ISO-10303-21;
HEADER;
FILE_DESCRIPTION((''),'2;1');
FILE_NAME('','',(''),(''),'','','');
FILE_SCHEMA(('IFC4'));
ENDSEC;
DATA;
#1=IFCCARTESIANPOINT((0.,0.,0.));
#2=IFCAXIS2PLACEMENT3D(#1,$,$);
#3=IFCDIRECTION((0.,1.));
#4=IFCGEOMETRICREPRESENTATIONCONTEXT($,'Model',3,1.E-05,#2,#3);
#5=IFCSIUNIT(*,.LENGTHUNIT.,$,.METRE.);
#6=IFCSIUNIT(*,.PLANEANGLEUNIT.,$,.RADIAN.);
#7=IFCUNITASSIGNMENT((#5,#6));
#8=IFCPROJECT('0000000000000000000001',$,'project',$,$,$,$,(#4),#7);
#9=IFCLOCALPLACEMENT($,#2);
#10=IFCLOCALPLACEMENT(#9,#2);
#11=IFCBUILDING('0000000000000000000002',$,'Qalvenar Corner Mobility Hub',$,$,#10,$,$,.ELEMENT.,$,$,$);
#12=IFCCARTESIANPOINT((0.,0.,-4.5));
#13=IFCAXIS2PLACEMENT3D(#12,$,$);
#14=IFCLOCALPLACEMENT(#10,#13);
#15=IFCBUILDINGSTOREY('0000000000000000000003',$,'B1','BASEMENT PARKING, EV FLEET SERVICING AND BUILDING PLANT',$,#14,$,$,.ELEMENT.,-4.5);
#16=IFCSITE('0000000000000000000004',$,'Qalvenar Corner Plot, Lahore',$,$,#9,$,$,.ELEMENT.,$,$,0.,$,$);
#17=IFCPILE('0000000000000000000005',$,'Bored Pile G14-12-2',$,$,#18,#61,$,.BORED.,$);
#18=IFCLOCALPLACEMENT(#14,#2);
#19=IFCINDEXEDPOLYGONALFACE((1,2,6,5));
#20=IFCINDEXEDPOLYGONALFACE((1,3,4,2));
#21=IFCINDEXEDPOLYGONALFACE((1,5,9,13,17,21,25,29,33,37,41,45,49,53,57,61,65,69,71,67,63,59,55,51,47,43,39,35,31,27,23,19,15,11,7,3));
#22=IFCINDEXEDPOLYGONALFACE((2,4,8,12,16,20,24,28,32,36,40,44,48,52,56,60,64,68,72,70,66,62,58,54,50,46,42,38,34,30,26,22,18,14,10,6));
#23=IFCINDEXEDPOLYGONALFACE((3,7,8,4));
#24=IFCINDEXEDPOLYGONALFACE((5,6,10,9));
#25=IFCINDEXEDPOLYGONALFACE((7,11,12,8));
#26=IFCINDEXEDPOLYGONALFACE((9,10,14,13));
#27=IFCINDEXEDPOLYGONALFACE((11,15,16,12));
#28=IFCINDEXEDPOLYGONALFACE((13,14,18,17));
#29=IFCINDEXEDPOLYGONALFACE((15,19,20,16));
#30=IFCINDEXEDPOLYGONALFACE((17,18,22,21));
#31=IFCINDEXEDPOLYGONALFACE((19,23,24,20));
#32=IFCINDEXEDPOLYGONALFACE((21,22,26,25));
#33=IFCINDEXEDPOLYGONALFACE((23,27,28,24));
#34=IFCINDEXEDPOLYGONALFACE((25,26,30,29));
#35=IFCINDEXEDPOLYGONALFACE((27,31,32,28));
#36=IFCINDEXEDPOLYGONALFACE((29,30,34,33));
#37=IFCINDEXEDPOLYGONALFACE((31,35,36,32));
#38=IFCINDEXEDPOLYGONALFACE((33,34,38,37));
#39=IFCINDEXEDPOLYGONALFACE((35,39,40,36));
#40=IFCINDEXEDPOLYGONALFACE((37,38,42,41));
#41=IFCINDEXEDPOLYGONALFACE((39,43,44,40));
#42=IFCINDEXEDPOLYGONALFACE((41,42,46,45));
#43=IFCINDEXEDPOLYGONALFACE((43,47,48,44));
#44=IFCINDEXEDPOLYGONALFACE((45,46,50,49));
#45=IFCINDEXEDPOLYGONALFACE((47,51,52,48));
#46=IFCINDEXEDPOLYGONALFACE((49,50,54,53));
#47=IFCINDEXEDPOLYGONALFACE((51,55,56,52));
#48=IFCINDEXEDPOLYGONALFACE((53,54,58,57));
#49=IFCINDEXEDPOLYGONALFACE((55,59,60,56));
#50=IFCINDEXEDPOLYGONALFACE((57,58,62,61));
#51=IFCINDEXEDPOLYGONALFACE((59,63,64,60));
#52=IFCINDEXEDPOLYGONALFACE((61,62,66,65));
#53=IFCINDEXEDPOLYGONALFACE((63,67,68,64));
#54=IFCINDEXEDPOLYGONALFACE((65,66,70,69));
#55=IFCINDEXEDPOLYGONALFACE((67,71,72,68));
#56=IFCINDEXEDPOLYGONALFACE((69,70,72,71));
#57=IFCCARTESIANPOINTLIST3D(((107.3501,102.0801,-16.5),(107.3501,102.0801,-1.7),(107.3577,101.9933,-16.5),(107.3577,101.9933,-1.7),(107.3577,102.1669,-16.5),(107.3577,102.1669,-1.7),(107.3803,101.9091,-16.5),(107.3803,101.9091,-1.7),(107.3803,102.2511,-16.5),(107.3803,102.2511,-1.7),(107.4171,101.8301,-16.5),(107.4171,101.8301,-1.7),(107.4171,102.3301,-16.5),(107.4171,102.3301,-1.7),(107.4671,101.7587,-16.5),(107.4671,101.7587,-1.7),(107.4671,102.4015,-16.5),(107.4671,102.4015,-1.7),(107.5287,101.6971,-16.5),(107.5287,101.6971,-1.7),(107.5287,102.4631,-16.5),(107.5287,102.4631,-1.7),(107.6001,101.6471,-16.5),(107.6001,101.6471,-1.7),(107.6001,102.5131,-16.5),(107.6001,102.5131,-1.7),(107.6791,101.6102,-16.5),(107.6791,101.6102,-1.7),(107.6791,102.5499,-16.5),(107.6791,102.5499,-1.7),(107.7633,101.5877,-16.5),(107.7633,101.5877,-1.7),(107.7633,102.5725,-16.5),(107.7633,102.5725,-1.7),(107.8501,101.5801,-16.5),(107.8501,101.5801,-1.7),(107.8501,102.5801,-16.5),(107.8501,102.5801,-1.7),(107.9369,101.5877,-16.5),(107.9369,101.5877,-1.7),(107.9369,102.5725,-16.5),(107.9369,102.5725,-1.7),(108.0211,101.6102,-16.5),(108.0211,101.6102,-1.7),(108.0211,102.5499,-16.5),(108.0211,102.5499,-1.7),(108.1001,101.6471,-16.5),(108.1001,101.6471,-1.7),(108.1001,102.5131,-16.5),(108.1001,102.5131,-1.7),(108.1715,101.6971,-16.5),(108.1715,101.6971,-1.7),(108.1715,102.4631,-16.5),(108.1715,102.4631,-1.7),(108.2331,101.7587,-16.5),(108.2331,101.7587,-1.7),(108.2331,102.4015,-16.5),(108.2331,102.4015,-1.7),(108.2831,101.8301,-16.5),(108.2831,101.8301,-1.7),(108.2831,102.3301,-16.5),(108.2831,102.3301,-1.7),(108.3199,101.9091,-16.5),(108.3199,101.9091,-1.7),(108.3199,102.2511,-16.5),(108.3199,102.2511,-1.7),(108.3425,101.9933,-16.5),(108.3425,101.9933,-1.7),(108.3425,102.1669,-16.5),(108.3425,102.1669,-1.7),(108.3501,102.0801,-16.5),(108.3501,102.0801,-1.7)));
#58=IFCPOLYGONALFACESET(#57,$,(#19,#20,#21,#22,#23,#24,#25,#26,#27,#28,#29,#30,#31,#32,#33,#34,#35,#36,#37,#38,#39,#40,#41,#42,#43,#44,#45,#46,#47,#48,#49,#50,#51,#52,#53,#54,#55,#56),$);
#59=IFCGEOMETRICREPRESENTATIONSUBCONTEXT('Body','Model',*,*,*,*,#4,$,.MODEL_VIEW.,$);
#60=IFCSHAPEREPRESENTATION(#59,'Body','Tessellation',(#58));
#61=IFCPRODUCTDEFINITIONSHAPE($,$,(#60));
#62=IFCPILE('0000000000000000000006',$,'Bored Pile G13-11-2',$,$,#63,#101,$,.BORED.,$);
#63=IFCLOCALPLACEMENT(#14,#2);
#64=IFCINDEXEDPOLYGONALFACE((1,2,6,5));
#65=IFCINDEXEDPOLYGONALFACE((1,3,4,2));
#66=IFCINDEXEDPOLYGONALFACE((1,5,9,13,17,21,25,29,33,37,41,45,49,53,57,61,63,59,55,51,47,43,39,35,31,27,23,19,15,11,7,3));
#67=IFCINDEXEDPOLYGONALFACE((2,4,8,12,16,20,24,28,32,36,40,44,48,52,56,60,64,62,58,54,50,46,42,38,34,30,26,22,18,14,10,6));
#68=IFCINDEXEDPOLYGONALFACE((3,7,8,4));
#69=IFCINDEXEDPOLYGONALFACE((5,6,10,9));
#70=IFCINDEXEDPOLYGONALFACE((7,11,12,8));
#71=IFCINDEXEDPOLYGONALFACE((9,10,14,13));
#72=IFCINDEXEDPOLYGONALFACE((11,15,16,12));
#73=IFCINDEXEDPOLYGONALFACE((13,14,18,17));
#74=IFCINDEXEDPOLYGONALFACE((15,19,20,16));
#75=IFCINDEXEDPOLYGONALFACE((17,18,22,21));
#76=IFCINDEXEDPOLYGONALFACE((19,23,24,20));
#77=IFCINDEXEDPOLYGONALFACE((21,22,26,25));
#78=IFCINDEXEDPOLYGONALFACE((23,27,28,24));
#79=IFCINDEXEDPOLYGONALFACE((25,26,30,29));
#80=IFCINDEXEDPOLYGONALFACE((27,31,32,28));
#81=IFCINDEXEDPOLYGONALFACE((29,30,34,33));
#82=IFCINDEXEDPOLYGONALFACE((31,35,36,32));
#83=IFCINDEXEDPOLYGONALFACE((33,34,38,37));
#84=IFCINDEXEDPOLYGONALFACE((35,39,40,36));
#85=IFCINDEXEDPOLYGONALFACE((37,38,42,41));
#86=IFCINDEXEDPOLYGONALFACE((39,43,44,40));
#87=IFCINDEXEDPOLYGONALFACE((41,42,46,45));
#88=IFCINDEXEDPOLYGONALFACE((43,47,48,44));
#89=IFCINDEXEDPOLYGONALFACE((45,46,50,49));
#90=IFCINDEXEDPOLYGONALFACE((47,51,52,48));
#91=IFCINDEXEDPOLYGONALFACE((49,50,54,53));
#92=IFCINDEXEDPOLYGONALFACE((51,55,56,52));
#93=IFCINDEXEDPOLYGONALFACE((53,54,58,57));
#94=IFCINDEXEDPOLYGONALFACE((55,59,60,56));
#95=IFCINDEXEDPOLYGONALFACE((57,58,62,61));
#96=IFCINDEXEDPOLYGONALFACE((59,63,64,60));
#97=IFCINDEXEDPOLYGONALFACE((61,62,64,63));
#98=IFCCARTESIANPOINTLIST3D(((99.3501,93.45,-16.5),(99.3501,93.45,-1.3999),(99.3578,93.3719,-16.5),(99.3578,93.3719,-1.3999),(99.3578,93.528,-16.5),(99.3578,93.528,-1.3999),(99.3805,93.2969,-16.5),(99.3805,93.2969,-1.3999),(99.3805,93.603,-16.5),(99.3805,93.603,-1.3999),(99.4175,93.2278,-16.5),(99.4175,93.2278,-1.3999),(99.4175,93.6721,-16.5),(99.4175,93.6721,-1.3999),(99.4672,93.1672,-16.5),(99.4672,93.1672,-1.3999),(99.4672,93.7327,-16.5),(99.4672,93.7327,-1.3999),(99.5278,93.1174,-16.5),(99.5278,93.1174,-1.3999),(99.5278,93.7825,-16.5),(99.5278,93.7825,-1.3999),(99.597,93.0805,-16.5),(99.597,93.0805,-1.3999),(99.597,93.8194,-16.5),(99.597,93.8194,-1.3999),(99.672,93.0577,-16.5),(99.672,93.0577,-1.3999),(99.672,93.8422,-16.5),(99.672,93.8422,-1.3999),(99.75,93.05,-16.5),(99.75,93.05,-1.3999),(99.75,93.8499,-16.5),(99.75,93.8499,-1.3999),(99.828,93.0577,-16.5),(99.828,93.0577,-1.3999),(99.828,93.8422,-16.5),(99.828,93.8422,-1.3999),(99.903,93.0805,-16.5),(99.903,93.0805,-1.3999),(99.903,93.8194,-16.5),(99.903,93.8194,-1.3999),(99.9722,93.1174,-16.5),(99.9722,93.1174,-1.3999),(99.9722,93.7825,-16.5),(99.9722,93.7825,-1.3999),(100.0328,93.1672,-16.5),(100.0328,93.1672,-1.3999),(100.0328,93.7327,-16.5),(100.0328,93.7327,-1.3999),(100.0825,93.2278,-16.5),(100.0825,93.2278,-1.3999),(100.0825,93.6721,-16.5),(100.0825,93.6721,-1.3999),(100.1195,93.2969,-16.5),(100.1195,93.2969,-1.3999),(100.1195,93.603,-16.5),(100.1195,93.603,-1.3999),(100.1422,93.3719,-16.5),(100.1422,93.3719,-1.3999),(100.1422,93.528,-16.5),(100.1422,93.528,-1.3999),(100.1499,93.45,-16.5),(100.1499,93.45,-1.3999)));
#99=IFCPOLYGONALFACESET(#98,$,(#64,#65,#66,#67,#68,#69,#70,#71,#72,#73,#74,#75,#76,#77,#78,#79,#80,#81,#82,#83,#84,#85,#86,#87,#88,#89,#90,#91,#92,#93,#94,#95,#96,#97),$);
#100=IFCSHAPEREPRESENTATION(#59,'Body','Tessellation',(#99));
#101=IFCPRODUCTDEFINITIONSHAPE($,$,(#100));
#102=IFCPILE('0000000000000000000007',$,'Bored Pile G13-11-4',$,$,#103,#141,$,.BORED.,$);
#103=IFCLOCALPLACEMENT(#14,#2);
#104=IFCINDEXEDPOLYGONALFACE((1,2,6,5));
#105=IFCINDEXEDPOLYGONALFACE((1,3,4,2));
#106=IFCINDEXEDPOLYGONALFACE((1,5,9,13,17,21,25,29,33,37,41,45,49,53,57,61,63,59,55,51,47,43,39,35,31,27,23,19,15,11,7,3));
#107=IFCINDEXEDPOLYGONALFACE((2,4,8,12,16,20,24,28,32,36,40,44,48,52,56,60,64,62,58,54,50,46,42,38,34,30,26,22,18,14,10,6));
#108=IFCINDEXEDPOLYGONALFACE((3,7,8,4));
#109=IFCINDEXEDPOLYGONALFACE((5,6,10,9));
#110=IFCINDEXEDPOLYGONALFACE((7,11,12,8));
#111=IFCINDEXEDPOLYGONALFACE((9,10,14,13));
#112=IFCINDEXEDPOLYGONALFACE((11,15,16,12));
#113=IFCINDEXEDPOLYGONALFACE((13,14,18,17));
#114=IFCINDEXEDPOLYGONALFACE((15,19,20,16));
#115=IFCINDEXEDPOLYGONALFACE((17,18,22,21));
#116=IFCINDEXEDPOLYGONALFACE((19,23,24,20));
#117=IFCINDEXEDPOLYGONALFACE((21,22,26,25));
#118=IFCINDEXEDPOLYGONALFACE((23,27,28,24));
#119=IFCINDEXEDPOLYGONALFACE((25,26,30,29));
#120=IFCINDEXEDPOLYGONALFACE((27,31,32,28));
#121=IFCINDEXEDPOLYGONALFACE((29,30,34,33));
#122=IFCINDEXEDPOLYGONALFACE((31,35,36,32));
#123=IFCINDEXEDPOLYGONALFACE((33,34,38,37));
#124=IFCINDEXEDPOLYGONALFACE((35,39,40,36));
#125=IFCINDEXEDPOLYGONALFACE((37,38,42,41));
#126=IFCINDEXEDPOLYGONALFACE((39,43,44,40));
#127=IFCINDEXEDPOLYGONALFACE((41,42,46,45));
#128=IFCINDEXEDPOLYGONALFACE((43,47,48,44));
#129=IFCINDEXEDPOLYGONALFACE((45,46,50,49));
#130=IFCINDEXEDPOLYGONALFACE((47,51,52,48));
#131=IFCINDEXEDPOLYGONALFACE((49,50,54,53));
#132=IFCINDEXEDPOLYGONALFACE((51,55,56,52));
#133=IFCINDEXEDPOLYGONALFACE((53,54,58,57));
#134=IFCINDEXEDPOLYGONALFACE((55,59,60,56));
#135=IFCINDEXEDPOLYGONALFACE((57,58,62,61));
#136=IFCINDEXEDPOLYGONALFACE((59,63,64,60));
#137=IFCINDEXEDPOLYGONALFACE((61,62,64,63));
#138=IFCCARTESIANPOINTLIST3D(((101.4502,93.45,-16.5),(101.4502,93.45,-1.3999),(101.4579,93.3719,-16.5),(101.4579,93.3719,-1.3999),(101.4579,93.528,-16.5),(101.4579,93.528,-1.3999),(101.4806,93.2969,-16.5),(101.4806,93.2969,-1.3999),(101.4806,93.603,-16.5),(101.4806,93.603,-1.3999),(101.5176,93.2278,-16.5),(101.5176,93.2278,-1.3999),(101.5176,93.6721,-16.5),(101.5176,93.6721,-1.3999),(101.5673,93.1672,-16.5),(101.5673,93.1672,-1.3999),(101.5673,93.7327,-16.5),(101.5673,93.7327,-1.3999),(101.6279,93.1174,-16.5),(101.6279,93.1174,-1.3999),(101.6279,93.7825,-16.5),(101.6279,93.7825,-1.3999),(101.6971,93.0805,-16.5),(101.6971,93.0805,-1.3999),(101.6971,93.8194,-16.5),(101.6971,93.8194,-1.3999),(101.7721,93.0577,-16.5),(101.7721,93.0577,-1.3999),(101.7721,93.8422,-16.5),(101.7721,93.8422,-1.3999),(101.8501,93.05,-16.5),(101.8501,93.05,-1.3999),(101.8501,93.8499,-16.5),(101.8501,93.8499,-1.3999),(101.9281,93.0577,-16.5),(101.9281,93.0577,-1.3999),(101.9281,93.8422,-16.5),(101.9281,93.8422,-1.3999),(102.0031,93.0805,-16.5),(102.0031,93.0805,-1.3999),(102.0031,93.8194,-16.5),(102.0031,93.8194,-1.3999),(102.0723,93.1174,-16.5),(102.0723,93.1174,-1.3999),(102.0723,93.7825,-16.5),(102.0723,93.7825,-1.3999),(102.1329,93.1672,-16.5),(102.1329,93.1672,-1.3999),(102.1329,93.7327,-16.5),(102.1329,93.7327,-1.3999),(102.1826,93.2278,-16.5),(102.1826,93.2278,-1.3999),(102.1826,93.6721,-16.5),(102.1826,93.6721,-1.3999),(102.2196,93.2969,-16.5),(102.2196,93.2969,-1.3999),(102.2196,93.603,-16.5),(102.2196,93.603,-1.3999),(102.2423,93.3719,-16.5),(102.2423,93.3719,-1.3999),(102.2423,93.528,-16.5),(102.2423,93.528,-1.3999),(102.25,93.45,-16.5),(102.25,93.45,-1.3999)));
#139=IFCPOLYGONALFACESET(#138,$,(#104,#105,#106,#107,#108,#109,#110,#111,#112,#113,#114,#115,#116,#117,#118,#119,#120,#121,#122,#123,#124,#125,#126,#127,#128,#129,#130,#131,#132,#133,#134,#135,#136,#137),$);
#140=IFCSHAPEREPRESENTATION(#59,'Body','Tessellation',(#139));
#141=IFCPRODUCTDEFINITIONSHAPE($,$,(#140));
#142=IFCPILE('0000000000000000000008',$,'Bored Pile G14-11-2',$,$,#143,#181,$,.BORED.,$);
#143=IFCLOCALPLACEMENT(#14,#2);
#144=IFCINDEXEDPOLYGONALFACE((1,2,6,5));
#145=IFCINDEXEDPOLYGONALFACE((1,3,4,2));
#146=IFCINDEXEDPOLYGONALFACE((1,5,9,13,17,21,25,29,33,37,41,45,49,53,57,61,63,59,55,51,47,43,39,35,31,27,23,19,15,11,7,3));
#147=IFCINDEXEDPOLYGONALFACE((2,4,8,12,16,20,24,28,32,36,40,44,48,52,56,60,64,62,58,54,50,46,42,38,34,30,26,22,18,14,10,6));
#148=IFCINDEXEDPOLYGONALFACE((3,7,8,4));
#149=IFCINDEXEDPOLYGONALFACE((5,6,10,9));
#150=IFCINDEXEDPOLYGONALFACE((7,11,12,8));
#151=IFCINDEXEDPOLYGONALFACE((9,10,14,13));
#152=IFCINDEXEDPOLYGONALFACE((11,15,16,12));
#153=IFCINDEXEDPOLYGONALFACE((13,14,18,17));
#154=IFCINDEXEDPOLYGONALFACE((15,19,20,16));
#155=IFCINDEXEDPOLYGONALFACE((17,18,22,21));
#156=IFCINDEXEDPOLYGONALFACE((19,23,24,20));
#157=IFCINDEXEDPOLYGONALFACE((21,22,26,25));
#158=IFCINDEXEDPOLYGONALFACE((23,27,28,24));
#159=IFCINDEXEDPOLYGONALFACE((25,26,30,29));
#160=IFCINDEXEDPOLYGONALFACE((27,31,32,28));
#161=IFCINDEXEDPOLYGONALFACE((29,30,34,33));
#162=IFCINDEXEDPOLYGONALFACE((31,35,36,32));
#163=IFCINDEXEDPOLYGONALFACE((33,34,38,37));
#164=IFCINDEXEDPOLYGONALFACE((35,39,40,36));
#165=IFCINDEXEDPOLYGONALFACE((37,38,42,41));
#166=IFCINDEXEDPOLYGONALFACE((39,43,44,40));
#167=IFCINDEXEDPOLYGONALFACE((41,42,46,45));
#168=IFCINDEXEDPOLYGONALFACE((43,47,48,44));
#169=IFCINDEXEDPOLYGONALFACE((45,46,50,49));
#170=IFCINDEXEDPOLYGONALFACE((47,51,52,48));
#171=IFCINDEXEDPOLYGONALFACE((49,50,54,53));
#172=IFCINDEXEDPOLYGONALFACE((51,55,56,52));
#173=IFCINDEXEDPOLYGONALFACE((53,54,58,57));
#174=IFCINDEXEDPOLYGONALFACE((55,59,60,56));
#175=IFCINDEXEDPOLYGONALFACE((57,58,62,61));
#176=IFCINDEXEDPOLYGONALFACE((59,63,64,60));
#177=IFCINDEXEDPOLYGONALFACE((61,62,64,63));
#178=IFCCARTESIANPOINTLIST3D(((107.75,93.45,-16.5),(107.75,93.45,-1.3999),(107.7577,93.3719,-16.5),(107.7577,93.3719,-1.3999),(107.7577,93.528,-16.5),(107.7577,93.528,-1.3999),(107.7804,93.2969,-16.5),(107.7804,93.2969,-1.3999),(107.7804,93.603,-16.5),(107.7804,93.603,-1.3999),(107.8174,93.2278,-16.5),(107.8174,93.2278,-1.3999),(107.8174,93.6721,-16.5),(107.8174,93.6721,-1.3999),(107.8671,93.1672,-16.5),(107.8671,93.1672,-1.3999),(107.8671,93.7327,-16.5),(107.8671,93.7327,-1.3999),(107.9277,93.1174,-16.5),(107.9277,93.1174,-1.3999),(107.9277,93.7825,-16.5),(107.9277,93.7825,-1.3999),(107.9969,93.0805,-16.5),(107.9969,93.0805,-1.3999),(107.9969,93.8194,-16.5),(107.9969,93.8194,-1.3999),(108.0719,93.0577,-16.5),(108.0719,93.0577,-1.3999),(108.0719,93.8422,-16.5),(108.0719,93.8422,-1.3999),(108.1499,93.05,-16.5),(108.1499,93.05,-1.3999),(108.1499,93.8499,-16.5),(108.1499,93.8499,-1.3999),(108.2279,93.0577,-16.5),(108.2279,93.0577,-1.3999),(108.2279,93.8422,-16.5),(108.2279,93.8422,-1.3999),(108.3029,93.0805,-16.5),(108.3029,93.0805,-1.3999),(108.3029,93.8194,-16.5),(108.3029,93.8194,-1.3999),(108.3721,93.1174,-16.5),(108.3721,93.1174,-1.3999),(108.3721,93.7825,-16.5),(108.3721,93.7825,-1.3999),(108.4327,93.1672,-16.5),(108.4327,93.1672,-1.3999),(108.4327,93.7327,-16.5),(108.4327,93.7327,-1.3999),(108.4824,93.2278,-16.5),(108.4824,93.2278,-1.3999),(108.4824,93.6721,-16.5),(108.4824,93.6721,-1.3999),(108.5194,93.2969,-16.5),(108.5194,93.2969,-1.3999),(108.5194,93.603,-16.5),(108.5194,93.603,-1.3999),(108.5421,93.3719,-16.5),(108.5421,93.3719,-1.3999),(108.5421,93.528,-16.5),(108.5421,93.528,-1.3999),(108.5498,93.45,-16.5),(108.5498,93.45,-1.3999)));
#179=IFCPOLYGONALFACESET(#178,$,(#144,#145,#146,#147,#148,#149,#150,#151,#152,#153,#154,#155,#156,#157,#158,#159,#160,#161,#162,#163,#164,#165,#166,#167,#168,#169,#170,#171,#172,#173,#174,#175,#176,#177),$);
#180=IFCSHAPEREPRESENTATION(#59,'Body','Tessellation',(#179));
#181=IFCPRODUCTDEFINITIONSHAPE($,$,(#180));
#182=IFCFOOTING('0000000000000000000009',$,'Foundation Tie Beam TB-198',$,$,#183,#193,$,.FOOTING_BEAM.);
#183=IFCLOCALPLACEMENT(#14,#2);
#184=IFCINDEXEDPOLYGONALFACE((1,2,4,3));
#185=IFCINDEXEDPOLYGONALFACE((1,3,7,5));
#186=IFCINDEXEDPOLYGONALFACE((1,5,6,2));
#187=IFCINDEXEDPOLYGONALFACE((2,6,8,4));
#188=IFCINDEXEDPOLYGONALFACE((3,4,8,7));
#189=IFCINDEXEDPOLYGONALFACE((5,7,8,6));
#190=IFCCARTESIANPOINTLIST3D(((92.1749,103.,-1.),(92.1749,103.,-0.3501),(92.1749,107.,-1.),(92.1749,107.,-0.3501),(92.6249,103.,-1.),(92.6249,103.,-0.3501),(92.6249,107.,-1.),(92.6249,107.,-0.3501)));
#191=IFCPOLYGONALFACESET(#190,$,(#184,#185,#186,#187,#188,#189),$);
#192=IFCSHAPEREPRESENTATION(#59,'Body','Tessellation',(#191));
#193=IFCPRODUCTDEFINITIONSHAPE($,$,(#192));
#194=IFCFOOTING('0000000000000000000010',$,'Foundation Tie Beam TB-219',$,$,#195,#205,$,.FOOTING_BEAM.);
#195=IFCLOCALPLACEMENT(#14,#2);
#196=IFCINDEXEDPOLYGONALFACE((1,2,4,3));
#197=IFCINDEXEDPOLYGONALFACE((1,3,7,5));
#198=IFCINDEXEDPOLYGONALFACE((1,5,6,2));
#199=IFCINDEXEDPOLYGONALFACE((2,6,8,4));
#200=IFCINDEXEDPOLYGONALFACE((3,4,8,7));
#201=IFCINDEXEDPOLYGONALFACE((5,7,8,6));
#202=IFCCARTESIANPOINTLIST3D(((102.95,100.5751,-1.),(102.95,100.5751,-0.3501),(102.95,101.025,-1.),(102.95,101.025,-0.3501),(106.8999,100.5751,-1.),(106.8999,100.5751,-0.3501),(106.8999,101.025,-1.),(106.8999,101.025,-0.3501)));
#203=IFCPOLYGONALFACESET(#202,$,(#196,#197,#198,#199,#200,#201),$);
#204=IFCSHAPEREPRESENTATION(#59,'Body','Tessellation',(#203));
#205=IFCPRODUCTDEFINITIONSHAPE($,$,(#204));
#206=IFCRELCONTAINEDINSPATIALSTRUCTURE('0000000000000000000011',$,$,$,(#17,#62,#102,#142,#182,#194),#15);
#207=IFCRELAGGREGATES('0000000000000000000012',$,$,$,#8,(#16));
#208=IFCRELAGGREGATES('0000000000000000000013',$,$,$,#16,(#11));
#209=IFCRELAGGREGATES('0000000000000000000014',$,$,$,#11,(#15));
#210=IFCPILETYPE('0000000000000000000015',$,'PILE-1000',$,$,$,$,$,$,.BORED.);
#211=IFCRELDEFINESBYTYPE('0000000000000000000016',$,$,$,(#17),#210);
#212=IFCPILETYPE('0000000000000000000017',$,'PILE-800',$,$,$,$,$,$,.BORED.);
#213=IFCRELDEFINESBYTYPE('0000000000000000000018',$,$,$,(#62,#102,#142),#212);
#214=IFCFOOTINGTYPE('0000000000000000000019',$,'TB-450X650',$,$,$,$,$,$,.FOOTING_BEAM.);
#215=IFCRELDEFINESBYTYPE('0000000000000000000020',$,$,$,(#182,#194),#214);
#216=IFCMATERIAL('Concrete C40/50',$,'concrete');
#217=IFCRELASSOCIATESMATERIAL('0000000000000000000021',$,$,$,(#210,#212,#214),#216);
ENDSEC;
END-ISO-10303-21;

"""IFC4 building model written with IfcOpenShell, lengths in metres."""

from ifc_helpers import new_model, si_unit, direction, frame, origin, origin_2d, place, context, subcontext, project, spatial, rectangle, circle, extrude, material, material_profile, profile_set, type_object, element, save


model = new_model("IFC4")

# Units and contexts
model_context = context("Model", 3, precision=1e-05, world=origin(), true_north=direction((0.0, 1.0)))
body_context = subcontext(model_context, "Body", "Model", "MODEL_VIEW")
ifc_project = project(units=[si_unit("LENGTHUNIT", "METRE"), si_unit("PLANEANGLEUNIT", "RADIAN")], contexts=[model_context])

# Site, building, storey
site_placement = place(None, origin())
site = spatial("IfcSite", under=ifc_project, at=site_placement, Name="Qalvenar Corner Plot, Lahore", CompositionType="ELEMENT", RefElevation=0.0)
building_placement = place(site_placement, origin())
building = spatial("IfcBuilding", under=site, at=building_placement, Name="Qalvenar Corner Mobility Hub", CompositionType="ELEMENT")
storey_placement = place(building_placement, frame((0.0, 0.0, -4.5)))
storey = spatial("IfcBuildingStorey", under=building, at=storey_placement, Name="B1", Description="BASEMENT PARKING, EV FLEET SERVICING AND BUILDING PLANT", CompositionType="ELEMENT", Elevation=-4.5)

# Shared definitions
ifc_material_1 = material(Name="Concrete C40/50", Category="concrete")

# Piles
ifc_material_profile_1 = material_profile(ifc_material_1, circle(Radius=0.5, at=origin_2d()), Name="DIA1000")
ifc_profile_set_1 = profile_set([ifc_material_profile_1], Name="Concrete C40/50")
pile_type_1 = type_object("IfcPileType", Name="PILE-1000", PredefinedType="BORED", material=ifc_profile_set_1)
for number, where, z_axis, x_axis, name in (
    (1, (107.8501, 102.0801, -1.7), (0.0, 0.0, -1.0), (1.0, 0.0, 0.0), "Bored Pile G14-12-2"),
):
    element("IfcPile", number, at=place(storey_placement, frame(where, z_axis=z_axis, x_axis=x_axis)), inside=storey, type_object=pile_type_1, Name=name, PredefinedType="BORED", context=body_context, shape_type="SweptSolid", body=[
        extrude(circle(Radius=0.5, at=origin_2d()), origin(), (0.0, 0.0, 1.0), 14.8),
    ])
ifc_material_profile_2 = material_profile(ifc_material_1, circle(Radius=0.3999, at=origin_2d()), Name="DIA800")
ifc_profile_set_2 = profile_set([ifc_material_profile_2], Name="Concrete C40/50")
pile_type_2 = type_object("IfcPileType", Name="PILE-800", PredefinedType="BORED", material=ifc_profile_set_2)
for number, where, z_axis, x_axis, name in (
    (2, (99.75, 93.45, -1.3999), (0.0, 0.0, -1.0), (1.0, 0.0, 0.0), "Bored Pile G13-11-2"),
    (3, (101.8501, 93.45, -1.3999), (0.0, 0.0, -1.0), (1.0, 0.0, 0.0), "Bored Pile G13-11-4"),
    (4, (108.1499, 93.45, -1.3999), (0.0, 0.0, -1.0), (1.0, 0.0, 0.0), "Bored Pile G14-11-2"),
):
    element("IfcPile", number, at=place(storey_placement, frame(where, z_axis=z_axis, x_axis=x_axis)), inside=storey, type_object=pile_type_2, Name=name, PredefinedType="BORED", context=body_context, shape_type="SweptSolid", body=[
        extrude(circle(Radius=0.3999, at=origin_2d()), origin(), (0.0, 0.0, 1.0), 15.1001),
    ])

# Footings
ifc_material_profile_3 = material_profile(ifc_material_1, rectangle(XDim=0.45, YDim=0.6499, at=origin_2d()), Name="RC450x650")
ifc_profile_set_3 = profile_set([ifc_material_profile_3], Name="Concrete C40/50")
footing_type_1 = type_object("IfcFootingType", Name="TB-450X650", PredefinedType="FOOTING_BEAM", material=ifc_profile_set_3)
footing_1_placement = place(storey_placement, frame((92.3999, 103.0, -0.675), z_axis=(0.0, 1.0, 0.0), x_axis=(-1.0, 0.0, 0.0)))
element("IfcFooting", 5, at=footing_1_placement, inside=storey, type_object=footing_type_1, Name="Foundation Tie Beam TB-198", PredefinedType="FOOTING_BEAM", context=body_context, shape_type="SweptSolid", body=[
    extrude(rectangle(XDim=0.45, YDim=0.6499, at=origin_2d()), origin(), (0.0, 0.0, 1.0), 4.0),
])
footing_2_placement = place(storey_placement, frame((102.95, 100.8, -0.675), z_axis=(1.0, 0.0, 0.0), x_axis=(0.0, 1.0, 0.0)))
element("IfcFooting", 6, at=footing_2_placement, inside=storey, type_object=footing_type_1, Name="Foundation Tie Beam TB-219", PredefinedType="FOOTING_BEAM", context=body_context, shape_type="SweptSolid", body=[
    extrude(rectangle(XDim=0.45, YDim=0.6499, at=origin_2d()), origin(), (0.0, 0.0, 1.0), 3.95),
])

save(model, "model.ifc")
